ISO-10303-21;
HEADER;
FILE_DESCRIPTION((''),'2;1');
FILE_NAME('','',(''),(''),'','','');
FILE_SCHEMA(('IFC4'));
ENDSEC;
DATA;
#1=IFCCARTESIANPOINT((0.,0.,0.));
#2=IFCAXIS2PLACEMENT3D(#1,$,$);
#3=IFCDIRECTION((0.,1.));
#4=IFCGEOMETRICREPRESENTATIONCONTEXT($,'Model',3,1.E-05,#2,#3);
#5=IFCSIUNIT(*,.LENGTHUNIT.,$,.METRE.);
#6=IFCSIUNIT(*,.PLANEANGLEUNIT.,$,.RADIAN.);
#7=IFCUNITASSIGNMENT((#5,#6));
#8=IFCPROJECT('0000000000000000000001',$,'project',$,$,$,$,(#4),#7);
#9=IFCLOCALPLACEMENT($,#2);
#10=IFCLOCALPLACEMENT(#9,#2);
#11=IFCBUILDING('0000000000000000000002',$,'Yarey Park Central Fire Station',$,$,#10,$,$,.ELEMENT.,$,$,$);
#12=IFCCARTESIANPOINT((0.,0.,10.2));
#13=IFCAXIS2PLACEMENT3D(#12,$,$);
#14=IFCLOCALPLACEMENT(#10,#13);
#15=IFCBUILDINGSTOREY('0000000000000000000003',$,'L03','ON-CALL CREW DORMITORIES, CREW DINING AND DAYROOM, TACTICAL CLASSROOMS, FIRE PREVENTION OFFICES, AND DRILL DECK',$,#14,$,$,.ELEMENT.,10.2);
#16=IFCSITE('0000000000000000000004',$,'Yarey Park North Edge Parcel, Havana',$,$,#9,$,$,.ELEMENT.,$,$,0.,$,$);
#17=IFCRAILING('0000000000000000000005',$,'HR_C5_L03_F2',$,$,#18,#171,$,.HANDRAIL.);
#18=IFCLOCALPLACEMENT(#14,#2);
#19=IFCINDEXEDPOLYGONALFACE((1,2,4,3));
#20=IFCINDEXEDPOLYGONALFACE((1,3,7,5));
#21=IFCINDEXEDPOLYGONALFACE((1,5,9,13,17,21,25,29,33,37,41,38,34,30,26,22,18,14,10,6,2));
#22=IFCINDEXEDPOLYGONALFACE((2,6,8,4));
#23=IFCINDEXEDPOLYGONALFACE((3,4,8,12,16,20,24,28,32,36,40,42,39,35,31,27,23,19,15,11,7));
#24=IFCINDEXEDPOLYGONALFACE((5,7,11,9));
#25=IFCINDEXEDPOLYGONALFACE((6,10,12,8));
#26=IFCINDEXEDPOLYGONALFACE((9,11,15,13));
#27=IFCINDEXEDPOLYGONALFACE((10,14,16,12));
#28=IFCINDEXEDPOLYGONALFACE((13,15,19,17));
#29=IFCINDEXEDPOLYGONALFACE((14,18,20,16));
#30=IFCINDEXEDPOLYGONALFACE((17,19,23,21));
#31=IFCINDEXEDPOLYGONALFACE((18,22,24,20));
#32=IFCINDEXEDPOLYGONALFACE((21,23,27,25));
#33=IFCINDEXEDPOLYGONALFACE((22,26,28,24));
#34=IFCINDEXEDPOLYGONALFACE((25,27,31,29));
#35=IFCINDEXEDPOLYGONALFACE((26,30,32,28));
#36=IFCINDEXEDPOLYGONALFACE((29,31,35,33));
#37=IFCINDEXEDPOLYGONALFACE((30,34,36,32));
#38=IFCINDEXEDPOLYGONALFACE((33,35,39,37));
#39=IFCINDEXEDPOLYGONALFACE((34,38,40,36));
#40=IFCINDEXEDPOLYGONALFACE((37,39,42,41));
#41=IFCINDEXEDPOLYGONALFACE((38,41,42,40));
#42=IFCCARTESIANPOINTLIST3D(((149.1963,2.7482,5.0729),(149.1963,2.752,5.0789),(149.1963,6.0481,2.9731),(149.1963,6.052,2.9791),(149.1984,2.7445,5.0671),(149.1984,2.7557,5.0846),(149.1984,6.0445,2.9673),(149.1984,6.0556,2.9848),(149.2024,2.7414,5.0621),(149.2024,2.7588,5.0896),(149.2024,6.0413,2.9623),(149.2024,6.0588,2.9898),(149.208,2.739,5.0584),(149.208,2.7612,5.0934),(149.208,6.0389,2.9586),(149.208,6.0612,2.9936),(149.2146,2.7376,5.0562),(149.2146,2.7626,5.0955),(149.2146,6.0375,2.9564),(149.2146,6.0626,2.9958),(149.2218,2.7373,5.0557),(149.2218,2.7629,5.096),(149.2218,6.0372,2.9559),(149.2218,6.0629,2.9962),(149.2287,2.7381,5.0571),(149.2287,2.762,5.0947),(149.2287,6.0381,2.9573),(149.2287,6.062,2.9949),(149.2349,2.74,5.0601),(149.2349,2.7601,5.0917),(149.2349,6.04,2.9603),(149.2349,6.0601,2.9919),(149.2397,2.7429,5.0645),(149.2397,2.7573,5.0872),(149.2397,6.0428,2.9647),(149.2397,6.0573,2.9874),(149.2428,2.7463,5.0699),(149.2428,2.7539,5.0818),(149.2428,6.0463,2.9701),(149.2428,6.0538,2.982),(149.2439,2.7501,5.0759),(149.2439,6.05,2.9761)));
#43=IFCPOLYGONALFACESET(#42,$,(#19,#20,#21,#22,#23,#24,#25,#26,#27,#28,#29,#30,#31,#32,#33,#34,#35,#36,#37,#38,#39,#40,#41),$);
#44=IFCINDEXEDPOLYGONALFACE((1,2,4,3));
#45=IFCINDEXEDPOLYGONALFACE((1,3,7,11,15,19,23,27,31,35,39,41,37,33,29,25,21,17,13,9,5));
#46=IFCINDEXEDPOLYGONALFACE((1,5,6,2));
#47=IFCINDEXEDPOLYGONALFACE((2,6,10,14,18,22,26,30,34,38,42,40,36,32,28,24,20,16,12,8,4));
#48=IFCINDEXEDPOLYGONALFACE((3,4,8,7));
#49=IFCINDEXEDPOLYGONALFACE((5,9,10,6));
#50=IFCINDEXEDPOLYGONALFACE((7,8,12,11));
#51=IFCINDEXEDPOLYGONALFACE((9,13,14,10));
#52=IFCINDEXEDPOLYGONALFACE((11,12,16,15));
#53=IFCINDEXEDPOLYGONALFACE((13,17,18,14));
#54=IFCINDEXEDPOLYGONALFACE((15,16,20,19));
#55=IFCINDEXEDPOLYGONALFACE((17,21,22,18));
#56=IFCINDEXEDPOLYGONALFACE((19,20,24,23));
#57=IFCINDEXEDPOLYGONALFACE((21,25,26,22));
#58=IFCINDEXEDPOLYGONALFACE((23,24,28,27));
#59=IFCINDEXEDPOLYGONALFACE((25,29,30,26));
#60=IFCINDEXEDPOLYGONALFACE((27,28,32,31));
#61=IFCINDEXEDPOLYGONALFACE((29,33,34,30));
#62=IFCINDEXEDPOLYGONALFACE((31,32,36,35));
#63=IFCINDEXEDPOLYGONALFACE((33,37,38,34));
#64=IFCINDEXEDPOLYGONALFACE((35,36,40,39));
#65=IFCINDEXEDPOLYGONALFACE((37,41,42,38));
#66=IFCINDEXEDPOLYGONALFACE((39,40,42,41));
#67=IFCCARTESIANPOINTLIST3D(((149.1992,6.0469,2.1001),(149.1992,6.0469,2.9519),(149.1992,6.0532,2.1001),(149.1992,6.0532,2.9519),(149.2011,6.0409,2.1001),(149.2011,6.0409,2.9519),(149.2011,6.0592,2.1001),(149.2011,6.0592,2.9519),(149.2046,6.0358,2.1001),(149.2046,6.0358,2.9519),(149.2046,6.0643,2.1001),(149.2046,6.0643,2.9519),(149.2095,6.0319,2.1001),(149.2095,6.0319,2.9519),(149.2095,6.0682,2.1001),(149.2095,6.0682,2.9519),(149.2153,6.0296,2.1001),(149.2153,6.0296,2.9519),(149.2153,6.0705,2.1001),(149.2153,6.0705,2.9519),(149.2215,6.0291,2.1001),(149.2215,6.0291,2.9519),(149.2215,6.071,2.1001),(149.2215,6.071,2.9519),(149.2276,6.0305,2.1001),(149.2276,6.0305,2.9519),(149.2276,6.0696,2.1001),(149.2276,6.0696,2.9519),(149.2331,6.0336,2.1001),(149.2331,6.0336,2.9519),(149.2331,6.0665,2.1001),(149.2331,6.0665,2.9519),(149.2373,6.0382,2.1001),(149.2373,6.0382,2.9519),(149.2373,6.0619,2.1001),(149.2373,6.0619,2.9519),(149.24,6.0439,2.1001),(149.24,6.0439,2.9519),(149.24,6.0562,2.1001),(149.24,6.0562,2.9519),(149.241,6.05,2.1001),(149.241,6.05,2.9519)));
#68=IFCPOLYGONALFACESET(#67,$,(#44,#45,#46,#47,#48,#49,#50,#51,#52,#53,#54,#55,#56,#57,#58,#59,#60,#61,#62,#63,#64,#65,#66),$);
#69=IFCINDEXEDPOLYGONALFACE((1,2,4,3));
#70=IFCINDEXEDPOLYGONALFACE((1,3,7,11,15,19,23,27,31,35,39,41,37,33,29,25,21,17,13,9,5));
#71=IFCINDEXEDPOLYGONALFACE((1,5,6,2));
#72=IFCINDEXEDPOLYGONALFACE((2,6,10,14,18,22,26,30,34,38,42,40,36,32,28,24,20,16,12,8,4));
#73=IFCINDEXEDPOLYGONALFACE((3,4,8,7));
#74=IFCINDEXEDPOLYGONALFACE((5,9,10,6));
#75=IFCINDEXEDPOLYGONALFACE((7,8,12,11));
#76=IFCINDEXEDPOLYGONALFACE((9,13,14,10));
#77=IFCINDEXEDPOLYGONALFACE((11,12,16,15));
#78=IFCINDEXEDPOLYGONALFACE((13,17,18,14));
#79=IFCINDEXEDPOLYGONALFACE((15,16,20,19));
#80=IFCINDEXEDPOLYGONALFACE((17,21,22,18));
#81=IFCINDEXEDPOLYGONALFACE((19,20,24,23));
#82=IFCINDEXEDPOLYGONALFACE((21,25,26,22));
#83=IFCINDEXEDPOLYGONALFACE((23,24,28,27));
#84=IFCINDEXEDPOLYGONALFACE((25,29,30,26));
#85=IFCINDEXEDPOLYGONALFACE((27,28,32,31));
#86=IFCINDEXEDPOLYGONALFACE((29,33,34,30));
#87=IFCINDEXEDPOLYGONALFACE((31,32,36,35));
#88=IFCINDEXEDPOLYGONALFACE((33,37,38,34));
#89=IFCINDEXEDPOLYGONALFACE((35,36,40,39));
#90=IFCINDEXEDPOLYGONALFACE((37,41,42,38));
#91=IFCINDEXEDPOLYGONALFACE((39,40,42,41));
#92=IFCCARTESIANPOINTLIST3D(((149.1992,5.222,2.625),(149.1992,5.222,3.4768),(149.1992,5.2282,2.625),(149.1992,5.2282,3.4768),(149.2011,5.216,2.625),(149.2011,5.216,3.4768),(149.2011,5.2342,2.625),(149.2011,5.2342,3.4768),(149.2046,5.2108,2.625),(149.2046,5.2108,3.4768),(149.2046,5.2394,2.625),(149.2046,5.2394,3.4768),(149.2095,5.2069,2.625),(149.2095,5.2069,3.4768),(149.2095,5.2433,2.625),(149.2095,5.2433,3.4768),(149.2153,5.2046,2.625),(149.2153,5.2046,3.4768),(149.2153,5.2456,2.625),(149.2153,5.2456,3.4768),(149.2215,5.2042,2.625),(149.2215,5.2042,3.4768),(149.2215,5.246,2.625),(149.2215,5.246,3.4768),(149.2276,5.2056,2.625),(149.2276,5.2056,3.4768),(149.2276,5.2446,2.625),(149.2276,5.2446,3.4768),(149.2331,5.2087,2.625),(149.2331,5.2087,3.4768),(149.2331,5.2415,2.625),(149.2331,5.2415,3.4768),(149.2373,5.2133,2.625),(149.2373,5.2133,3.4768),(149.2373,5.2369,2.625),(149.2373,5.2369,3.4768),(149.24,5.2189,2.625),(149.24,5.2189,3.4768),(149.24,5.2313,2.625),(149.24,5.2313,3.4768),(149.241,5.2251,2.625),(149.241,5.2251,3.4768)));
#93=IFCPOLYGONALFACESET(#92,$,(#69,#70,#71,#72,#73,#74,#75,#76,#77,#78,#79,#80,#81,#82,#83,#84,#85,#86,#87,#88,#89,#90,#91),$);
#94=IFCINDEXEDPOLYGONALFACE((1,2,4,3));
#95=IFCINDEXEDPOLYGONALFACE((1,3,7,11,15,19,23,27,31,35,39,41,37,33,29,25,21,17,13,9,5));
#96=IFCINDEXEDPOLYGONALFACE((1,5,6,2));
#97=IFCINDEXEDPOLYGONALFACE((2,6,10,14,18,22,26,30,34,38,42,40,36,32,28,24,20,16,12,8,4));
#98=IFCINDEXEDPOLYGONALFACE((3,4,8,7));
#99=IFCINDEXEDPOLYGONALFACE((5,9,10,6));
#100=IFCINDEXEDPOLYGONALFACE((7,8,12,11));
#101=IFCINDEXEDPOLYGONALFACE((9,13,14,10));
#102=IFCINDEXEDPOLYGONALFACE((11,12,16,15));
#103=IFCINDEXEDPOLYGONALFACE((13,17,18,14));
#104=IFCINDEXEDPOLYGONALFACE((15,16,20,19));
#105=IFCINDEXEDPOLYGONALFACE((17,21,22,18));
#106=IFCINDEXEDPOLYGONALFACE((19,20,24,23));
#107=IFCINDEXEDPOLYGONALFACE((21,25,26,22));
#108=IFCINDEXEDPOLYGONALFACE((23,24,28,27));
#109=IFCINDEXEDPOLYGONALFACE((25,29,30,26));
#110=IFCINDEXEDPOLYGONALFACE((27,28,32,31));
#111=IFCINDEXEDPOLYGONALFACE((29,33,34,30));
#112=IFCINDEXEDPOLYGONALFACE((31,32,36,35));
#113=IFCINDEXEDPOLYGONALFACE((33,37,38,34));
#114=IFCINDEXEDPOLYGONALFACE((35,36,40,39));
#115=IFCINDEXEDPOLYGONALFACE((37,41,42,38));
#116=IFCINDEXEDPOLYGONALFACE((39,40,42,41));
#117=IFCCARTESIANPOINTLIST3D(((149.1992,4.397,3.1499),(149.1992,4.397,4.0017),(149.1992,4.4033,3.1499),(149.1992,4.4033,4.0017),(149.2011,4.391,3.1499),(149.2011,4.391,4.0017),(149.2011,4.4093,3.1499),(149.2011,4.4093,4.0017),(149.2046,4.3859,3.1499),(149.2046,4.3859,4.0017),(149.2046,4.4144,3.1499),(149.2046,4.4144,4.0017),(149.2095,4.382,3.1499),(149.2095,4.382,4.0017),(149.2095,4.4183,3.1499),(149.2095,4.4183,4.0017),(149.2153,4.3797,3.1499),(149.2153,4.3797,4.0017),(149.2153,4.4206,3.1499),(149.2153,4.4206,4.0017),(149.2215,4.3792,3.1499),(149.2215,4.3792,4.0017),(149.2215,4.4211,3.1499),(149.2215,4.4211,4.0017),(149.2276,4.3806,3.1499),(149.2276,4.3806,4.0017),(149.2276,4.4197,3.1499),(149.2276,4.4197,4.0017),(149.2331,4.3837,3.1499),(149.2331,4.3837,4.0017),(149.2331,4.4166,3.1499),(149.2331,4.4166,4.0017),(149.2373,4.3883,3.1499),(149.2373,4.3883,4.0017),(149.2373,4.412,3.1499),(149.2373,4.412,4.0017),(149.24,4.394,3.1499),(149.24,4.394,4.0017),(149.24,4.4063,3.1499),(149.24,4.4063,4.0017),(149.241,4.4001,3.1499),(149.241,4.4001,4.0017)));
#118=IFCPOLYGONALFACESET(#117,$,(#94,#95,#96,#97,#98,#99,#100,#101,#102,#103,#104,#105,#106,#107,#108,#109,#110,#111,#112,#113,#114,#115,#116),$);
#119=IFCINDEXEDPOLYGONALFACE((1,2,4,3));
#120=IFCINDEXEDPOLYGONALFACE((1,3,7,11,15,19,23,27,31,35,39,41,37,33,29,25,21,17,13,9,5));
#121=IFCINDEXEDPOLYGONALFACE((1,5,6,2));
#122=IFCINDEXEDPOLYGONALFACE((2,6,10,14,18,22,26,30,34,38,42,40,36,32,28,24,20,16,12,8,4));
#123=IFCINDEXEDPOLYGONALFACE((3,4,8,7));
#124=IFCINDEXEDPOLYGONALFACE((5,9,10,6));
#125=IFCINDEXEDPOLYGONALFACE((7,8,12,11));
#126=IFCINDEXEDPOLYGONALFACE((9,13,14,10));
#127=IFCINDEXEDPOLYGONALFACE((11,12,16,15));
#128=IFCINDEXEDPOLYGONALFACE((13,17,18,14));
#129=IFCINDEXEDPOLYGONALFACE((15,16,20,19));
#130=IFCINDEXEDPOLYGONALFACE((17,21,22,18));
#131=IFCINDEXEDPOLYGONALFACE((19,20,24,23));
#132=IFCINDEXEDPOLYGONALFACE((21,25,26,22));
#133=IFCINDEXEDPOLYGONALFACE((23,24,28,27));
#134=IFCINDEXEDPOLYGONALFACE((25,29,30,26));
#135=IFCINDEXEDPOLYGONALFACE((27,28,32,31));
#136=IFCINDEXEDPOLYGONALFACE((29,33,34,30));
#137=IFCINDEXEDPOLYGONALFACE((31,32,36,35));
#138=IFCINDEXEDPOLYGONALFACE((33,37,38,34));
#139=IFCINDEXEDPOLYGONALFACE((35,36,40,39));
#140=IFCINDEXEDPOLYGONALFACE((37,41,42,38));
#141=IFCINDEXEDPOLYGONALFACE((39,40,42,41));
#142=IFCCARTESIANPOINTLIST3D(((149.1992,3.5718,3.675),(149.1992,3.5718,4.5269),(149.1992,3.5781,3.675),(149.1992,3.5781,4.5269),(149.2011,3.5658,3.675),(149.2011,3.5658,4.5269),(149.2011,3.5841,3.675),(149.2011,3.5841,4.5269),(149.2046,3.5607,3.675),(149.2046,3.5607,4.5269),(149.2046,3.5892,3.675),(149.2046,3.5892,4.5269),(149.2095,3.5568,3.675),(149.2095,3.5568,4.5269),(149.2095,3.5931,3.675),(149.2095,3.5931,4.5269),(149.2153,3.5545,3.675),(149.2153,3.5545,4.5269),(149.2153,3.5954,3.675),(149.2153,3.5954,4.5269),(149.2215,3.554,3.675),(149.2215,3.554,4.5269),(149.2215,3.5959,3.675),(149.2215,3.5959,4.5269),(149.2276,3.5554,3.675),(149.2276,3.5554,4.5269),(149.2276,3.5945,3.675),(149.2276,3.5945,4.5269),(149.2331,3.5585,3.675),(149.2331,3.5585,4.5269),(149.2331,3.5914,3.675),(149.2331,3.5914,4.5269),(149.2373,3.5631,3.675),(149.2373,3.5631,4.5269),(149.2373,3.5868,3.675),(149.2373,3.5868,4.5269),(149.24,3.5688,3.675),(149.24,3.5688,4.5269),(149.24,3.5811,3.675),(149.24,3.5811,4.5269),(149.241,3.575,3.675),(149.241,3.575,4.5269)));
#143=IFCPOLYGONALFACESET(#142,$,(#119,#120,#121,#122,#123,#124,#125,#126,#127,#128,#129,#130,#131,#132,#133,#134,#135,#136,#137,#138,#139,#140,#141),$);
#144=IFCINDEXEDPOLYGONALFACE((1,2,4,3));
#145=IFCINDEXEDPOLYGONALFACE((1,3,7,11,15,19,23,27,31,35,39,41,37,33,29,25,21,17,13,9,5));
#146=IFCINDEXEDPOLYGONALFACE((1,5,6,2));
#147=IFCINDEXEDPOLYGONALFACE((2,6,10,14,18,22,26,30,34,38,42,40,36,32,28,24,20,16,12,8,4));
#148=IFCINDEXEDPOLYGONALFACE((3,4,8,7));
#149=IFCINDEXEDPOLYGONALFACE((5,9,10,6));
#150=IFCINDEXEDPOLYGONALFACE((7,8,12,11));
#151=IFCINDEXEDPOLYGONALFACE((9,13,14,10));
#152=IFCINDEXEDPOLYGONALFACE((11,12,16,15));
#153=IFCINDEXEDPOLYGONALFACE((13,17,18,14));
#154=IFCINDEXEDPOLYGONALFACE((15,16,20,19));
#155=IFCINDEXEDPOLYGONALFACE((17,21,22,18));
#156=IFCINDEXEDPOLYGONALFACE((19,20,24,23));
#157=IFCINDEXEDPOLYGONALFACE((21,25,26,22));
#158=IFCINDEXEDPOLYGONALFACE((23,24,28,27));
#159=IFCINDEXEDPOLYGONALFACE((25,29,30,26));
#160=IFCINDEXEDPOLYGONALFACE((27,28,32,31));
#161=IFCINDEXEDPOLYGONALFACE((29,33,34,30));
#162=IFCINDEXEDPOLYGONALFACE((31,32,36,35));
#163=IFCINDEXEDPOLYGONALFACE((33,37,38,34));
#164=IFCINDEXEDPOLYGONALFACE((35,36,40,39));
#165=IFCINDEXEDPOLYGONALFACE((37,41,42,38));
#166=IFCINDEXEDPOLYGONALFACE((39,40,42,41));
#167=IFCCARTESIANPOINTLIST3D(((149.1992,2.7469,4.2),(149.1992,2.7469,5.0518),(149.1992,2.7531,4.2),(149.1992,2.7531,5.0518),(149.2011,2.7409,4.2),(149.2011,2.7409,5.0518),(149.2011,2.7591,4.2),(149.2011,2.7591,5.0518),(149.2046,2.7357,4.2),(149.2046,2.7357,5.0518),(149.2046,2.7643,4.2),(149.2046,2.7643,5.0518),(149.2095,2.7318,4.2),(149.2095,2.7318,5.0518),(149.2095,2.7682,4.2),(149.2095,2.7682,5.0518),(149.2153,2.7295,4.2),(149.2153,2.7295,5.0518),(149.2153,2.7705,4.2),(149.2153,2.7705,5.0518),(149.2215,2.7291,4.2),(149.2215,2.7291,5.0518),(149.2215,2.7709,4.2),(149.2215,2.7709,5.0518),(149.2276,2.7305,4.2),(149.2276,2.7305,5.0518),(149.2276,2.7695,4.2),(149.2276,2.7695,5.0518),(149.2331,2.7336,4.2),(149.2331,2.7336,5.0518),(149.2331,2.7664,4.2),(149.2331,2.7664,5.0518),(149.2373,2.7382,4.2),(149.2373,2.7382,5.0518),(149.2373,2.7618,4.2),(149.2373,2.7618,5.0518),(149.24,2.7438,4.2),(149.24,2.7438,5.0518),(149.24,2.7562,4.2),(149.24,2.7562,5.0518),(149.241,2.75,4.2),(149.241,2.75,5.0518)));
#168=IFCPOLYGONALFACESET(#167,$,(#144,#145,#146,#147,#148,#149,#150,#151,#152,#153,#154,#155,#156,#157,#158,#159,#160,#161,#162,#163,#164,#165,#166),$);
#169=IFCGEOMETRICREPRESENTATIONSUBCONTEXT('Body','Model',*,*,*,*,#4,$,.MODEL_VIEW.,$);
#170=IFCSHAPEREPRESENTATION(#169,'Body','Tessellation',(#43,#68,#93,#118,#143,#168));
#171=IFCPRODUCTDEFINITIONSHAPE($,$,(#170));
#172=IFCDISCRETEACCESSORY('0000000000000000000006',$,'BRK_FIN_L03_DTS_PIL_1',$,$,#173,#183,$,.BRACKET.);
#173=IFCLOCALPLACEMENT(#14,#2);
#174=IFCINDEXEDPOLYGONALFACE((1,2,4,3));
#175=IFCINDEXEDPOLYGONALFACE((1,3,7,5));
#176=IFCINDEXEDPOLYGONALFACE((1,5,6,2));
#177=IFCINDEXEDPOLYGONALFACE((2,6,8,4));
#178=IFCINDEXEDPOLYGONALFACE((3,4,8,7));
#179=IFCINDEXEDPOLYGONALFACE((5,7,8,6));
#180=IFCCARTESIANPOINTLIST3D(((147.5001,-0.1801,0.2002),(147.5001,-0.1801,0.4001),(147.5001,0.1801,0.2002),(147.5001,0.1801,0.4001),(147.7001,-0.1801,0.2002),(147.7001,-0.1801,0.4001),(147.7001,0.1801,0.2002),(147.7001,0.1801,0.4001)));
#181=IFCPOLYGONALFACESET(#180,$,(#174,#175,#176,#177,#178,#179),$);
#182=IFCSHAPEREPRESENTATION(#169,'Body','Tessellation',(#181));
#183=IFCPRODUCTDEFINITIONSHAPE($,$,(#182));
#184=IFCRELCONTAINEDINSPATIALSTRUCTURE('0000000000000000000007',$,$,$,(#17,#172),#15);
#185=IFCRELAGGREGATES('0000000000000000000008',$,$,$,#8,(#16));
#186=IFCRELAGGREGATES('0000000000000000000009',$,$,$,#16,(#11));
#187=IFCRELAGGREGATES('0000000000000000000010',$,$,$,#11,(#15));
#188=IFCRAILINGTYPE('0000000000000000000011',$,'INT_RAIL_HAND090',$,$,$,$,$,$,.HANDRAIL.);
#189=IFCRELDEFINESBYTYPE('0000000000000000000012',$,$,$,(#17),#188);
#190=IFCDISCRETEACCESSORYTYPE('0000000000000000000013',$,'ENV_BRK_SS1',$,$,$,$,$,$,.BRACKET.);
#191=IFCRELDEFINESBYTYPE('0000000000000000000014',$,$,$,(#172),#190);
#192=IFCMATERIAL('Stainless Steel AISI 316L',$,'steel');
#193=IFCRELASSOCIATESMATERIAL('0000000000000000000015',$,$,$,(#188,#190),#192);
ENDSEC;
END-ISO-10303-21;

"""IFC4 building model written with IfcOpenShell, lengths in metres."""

from ifc_helpers import new_model, si_unit, direction, frame, origin, origin_2d, place, context, subcontext, project, spatial, rectangle, circle, extrude, material, type_object, element, save


model = new_model("IFC4")

# Units and contexts
model_context = context("Model", 3, precision=1e-05, world=origin(), true_north=direction((0.0, 1.0)))
body_context = subcontext(model_context, "Body", "Model", "MODEL_VIEW")
ifc_project = project(units=[si_unit("LENGTHUNIT", "METRE"), si_unit("PLANEANGLEUNIT", "RADIAN")], contexts=[model_context])

# Site, building, storey
site_placement = place(None, origin())
site = spatial("IfcSite", under=ifc_project, at=site_placement, Name="Yarey Park North Edge Parcel, Havana", CompositionType="ELEMENT", RefElevation=0.0)
building_placement = place(site_placement, origin())
building = spatial("IfcBuilding", under=site, at=building_placement, Name="Yarey Park Central Fire Station", CompositionType="ELEMENT")
storey_placement = place(building_placement, frame((0.0, 0.0, 10.2)))
storey = spatial("IfcBuildingStorey", under=building, at=storey_placement, Name="L03", Description="ON-CALL CREW DORMITORIES, CREW DINING AND DAYROOM, TACTICAL CLASSROOMS, FIRE PREVENTION OFFICES, AND DRILL DECK", CompositionType="ELEMENT", Elevation=10.2)

# Railing
ifc_material_1 = material(Name="Stainless Steel AISI 316L", Category="steel")
railing_type_1 = type_object("IfcRailingType", Name="INT_RAIL_HAND090", PredefinedType="HANDRAIL", material=ifc_material_1)
railing_1_placement = place(storey_placement, frame((149.22, 6.05, 2.1001)))
element("IfcRailing", 1, at=railing_1_placement, inside=storey, type_object=railing_type_1, Name="HR_C5_L03_F2", PredefinedType="HANDRAIL", context=body_context, shape_type="SweptSolid", body=[
    extrude(circle(Radius=0.0239, at=origin_2d()), frame((0.0, 0.0, 0.876), z_axis=(0.0, -0.843682, 0.536843), x_axis=(1.0, 0.0, 0.0)), (0.0, 0.0, 1.0), 3.9114),
    extrude(circle(Radius=0.021, at=origin_2d()), origin(), (0.0, 0.0, 1.0), 0.8518),
    extrude(circle(Radius=0.021, at=origin_2d()), frame((0.0, -0.825, 0.5249)), (0.0, 0.0, 1.0), 0.8518),
    extrude(circle(Radius=0.021, at=origin_2d()), frame((0.0, -1.6499, 1.0498)), (0.0, 0.0, 1.0), 0.8518),
    extrude(circle(Radius=0.021, at=origin_2d()), frame((0.0, -2.4751, 1.575)), (0.0, 0.0, 1.0), 0.8518),
    extrude(circle(Radius=0.021, at=origin_2d()), frame((0.0, -3.3, 2.0999)), (0.0, 0.0, 1.0), 0.8518),
])

# Discrete accessory
discrete_accessory_type = type_object("IfcDiscreteAccessoryType", Name="ENV_BRK_SS1", PredefinedType="BRACKET", material=ifc_material_1)
discrete_accessory_placement = place(storey_placement, frame((147.6001, 0.0, 0.2002), z_axis=(0.0, 0.0, 1.0), x_axis=(1.0, 0.0, 0.0)))
element("IfcDiscreteAccessory", 2, at=discrete_accessory_placement, inside=storey, type_object=discrete_accessory_type, Name="BRK_FIN_L03_DTS_PIL_1", PredefinedType="BRACKET", context=body_context, shape_type="SweptSolid", body=[
    extrude(rectangle(XDim=0.2, YDim=0.3601, at=origin_2d()), origin(), (0.0, 0.0, 1.0), 0.2),
])

save(model, "model.ifc")
